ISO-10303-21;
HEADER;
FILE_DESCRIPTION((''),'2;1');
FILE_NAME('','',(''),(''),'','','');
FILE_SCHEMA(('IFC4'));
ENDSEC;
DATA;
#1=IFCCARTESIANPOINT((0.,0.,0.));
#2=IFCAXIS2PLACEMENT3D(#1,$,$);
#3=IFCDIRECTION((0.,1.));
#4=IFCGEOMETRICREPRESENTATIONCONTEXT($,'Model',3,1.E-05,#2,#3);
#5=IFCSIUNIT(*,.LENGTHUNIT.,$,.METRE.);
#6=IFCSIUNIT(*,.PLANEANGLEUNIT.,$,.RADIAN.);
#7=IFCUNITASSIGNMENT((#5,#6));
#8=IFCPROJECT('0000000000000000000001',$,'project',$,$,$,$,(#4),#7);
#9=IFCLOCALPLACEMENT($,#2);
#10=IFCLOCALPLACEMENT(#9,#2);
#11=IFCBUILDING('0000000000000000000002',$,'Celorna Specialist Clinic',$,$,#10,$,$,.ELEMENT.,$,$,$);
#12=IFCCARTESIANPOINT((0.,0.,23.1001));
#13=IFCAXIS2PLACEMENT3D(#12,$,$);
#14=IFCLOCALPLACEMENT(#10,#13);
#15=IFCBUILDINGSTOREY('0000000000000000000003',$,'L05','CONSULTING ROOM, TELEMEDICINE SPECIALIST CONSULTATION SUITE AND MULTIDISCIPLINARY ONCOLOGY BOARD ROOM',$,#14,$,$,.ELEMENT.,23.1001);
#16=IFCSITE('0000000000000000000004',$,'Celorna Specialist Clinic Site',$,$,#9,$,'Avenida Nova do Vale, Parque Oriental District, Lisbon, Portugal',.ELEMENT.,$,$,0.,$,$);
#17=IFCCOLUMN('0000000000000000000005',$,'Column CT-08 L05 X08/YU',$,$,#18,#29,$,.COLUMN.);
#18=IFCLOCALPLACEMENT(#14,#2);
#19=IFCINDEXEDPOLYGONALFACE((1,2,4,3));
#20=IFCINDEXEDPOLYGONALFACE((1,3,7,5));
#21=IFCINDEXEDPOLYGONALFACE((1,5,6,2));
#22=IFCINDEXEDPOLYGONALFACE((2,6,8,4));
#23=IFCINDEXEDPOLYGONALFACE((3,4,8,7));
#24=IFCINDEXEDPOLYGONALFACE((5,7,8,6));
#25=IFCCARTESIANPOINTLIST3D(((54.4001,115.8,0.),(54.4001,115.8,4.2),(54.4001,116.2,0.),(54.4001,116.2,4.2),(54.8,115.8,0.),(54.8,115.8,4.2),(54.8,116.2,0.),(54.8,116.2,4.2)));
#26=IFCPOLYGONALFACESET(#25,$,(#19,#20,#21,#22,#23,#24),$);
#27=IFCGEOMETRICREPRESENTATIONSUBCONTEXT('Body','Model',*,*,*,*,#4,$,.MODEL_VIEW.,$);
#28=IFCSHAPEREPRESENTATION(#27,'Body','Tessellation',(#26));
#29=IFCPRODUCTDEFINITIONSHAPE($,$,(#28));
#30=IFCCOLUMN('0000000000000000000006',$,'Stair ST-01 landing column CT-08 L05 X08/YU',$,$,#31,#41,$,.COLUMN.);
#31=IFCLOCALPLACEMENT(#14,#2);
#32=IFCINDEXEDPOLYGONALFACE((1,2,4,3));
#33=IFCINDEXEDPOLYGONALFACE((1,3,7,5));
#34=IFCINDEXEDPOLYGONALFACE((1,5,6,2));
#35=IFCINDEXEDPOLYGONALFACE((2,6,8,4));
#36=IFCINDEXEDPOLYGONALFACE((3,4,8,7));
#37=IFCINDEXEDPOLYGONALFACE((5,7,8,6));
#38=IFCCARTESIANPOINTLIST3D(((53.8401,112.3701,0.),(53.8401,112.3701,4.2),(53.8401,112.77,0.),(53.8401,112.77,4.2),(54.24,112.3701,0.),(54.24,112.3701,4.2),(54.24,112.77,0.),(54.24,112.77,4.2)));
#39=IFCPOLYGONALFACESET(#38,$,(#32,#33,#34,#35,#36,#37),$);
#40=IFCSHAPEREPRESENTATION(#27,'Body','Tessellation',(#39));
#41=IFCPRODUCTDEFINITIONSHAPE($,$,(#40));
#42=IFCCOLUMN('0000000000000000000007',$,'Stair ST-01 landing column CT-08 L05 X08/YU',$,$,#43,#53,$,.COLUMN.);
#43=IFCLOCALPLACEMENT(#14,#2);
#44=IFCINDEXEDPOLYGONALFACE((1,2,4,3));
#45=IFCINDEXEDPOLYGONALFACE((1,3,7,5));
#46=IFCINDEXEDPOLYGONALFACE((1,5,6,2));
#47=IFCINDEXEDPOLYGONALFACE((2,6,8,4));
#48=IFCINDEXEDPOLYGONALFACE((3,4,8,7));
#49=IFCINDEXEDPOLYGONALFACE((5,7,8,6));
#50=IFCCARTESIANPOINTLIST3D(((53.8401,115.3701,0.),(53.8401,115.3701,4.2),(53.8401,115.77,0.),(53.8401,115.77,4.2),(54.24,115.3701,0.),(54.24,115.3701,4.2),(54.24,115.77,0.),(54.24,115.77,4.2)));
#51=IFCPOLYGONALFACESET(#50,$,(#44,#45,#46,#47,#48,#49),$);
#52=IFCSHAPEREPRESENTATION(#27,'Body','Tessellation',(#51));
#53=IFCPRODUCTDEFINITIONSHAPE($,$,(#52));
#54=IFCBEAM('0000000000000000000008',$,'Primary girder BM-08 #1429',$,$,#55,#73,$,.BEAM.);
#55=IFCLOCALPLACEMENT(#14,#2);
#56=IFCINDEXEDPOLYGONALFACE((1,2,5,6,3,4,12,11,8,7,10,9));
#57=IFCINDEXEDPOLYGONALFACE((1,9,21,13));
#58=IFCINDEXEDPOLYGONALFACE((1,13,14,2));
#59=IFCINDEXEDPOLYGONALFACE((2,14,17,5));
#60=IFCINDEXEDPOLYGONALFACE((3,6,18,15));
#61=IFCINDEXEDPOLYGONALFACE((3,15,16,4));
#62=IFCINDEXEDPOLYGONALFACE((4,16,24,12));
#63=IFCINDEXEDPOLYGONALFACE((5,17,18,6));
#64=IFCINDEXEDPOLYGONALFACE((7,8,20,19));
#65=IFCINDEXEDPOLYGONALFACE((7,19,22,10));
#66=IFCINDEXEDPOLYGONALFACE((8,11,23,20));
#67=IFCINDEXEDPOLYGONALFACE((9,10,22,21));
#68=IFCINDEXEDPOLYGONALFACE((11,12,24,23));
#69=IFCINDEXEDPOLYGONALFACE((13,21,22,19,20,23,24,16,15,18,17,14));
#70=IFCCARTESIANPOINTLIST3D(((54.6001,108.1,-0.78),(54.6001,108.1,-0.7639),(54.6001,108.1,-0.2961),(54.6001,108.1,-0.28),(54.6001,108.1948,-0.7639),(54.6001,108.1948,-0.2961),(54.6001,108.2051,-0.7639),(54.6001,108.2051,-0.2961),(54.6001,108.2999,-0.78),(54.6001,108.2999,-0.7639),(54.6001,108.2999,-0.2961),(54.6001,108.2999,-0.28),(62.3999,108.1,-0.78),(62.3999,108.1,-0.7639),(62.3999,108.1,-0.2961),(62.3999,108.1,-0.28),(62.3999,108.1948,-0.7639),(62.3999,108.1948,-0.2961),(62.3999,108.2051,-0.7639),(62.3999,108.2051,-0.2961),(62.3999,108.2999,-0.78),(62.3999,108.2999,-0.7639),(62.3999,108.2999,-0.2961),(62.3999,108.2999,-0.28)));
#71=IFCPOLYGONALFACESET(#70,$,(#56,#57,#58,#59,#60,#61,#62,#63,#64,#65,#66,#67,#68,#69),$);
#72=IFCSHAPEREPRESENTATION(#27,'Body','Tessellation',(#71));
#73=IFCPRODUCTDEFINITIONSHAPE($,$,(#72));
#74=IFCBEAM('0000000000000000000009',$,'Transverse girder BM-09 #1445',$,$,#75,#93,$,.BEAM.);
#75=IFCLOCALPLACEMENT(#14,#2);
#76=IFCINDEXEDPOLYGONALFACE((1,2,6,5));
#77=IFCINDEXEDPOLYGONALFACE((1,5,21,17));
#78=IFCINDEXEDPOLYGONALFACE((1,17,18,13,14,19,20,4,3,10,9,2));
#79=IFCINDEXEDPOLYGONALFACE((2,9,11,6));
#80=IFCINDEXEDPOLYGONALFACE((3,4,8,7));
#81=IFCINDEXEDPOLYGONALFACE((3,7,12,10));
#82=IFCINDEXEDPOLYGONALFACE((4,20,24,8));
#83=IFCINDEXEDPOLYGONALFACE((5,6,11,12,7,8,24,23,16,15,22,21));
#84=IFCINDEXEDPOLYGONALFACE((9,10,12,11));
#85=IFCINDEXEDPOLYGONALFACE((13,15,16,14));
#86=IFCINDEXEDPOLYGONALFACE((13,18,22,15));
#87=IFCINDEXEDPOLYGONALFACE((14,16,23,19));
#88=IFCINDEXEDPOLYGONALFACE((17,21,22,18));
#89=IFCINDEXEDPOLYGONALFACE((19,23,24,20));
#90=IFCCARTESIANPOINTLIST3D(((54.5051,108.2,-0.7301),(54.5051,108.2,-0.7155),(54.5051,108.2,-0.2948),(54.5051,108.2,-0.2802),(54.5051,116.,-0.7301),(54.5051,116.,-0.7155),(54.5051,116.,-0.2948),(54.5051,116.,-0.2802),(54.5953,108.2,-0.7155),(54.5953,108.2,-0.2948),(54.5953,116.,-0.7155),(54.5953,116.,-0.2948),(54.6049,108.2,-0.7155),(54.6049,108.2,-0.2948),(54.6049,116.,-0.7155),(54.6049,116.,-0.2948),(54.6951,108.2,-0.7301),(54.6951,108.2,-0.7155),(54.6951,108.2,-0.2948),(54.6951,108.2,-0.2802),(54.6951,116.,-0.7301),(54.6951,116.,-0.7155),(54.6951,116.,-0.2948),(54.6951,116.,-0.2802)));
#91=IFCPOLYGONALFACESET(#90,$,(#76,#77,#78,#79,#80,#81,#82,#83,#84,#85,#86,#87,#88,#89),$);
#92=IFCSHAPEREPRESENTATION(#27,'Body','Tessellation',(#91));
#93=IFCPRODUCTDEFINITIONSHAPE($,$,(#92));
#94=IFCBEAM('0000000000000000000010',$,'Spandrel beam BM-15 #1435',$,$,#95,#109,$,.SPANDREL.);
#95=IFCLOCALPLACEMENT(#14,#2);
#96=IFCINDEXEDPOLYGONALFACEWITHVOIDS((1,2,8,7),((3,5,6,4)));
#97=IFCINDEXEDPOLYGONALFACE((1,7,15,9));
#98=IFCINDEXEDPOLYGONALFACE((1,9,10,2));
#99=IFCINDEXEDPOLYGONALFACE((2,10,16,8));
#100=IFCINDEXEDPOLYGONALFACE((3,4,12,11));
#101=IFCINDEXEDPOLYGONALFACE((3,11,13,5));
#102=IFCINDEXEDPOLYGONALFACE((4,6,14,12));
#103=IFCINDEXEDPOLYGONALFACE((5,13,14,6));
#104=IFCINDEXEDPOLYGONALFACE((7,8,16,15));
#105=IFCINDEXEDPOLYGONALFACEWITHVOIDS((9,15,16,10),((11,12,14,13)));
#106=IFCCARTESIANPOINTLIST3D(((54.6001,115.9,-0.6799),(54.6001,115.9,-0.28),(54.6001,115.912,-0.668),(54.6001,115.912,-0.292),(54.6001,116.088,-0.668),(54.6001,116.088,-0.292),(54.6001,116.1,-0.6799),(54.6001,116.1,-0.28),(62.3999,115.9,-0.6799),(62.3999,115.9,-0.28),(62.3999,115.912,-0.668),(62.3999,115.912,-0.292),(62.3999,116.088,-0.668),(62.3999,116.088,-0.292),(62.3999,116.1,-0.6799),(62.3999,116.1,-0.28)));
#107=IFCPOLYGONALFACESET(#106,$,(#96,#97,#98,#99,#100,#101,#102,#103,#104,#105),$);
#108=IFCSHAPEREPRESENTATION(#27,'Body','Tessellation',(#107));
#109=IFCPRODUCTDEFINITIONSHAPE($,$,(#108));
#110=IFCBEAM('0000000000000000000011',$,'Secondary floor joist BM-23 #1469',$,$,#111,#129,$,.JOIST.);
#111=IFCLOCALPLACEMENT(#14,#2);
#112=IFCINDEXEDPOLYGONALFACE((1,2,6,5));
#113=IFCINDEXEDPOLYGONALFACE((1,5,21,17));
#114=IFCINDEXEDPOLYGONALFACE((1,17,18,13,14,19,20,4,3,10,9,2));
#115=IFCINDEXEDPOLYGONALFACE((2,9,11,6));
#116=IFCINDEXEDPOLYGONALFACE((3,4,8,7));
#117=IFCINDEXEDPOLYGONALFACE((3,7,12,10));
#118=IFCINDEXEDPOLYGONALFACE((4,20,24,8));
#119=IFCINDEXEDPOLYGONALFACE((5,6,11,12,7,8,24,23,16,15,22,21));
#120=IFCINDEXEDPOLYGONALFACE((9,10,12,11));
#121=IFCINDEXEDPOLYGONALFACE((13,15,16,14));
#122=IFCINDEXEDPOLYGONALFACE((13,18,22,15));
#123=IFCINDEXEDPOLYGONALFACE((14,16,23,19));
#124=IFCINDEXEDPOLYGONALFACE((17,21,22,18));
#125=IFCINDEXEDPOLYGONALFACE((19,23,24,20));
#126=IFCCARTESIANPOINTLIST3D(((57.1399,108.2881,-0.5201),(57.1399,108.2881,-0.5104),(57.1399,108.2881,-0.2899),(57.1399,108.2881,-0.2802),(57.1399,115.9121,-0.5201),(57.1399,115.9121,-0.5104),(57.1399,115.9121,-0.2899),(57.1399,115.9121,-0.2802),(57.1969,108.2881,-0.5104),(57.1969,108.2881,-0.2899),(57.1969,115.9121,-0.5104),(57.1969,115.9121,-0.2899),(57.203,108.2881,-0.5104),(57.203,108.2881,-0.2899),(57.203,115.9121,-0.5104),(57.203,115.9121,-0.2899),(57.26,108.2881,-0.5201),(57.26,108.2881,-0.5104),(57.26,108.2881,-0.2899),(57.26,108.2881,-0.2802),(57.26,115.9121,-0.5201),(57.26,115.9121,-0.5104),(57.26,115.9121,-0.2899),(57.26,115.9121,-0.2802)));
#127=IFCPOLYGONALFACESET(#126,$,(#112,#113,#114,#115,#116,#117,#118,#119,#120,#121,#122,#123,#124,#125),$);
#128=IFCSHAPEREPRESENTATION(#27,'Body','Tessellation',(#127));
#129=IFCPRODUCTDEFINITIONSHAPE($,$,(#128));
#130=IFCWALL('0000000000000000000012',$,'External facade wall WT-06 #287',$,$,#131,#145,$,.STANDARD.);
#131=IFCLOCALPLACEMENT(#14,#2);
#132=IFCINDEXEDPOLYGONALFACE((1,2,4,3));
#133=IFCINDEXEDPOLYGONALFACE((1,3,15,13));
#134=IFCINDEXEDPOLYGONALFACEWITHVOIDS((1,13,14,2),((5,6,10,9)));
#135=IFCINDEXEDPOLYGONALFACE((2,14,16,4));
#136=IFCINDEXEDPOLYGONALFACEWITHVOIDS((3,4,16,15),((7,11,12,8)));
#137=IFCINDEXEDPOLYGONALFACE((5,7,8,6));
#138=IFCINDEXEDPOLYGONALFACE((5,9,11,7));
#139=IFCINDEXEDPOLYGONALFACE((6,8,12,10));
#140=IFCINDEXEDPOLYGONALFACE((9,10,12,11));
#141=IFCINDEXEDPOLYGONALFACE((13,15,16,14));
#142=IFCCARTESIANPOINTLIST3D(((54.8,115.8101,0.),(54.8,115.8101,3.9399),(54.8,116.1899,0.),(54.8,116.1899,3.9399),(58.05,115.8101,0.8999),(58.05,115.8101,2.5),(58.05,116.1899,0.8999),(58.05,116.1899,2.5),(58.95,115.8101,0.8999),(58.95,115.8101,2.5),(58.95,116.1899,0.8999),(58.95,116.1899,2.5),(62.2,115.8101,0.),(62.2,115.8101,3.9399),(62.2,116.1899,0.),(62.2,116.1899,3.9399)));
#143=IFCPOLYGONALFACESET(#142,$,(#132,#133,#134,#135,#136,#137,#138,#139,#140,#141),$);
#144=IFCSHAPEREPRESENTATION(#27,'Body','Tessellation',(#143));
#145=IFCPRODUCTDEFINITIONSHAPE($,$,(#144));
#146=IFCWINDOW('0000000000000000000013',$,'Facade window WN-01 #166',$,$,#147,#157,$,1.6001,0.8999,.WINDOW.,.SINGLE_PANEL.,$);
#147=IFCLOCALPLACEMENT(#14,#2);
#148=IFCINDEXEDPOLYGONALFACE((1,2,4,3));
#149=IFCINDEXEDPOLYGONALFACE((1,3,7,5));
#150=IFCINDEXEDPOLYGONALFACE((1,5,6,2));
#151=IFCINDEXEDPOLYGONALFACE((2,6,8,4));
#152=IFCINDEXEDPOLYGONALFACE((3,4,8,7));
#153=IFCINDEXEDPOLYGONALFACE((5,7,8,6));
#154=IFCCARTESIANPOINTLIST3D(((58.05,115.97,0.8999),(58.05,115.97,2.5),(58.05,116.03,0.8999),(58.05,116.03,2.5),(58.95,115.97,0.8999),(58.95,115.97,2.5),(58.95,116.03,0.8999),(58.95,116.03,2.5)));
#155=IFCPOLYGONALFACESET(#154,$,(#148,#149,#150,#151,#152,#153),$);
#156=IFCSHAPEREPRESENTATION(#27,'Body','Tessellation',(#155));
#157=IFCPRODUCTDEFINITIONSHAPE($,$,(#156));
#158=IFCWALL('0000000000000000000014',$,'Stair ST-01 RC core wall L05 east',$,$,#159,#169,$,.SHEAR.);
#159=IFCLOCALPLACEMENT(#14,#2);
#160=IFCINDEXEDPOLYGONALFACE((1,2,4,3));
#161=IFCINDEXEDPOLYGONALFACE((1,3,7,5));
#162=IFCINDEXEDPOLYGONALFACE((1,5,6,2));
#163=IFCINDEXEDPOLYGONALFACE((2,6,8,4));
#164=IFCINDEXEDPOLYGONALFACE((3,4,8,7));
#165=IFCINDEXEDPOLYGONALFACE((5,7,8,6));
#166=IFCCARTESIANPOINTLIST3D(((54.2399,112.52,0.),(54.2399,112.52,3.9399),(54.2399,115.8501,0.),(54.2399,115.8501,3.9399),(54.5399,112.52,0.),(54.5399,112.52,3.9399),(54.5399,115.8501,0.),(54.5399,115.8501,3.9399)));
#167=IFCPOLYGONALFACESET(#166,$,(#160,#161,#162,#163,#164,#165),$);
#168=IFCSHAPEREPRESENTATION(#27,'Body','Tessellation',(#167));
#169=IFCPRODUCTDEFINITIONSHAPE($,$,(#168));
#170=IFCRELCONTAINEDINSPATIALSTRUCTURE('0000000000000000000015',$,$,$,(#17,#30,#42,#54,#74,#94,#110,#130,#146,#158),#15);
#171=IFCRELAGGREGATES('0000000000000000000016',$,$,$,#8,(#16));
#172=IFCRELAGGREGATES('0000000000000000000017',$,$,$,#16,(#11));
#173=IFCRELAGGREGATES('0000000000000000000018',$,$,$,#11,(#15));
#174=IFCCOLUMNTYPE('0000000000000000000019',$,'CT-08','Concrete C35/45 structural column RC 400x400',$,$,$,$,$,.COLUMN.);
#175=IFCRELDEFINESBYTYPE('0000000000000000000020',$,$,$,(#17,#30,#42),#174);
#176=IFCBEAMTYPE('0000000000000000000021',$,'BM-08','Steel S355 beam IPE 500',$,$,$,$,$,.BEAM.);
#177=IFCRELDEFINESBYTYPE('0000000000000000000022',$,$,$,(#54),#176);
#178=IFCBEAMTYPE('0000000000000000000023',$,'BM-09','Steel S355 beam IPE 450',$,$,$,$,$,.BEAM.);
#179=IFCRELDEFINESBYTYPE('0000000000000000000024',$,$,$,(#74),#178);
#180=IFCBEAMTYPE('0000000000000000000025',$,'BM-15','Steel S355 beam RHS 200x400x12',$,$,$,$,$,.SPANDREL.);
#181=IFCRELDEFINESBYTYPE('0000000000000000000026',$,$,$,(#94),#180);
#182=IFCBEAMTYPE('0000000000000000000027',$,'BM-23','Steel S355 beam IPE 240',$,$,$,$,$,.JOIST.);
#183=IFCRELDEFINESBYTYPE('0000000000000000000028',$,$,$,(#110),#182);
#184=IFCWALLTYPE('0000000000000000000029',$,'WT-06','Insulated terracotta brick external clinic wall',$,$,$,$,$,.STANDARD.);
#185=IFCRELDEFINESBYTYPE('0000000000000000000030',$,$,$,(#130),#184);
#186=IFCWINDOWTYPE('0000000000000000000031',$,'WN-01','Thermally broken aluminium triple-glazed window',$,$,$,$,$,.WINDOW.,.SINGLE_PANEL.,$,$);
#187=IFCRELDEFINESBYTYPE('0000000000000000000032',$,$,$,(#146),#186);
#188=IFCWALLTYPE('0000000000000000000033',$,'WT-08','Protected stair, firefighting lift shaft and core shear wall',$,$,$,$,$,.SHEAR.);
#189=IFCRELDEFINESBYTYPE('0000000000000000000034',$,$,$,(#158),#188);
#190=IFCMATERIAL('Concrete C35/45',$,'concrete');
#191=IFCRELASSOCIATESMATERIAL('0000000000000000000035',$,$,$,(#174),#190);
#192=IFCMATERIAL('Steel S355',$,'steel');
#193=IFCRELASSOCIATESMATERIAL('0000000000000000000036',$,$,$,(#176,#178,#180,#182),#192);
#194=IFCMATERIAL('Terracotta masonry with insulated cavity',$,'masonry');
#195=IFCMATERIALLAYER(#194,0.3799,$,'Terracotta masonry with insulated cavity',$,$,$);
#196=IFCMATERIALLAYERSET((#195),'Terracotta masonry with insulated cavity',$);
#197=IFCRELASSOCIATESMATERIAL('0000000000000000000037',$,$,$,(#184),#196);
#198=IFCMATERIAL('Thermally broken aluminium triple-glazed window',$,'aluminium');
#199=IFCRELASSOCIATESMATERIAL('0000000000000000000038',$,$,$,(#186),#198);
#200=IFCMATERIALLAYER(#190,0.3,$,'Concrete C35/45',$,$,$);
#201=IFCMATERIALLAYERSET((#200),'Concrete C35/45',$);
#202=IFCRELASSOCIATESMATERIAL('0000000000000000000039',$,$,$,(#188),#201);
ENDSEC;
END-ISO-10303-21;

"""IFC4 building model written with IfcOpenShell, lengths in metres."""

from ifc_helpers import new_model, si_unit, direction, frame, frame_2d, origin, origin_2d, place, context, subcontext, project, spatial, rectangle, hollow_rectangle, i_section, extrude, material, layer, layer_set, material_profile, profile_set, type_object, element, fill, save


model = new_model("IFC4")

# Units and contexts
model_context = context("Model", 3, precision=1e-05, world=origin(), true_north=direction((0.0, 1.0)))
body_context = subcontext(model_context, "Body", "Model", "MODEL_VIEW")
ifc_project = project(units=[si_unit("LENGTHUNIT", "METRE"), si_unit("PLANEANGLEUNIT", "RADIAN")], contexts=[model_context])

# Site, building, storey
site_placement = place(None, origin())
site = spatial("IfcSite", under=ifc_project, at=site_placement, Name="Celorna Specialist Clinic Site", LongName="Avenida Nova do Vale, Parque Oriental District, Lisbon, Portugal", CompositionType="ELEMENT", RefElevation=0.0)
building_placement = place(site_placement, origin())
building = spatial("IfcBuilding", under=site, at=building_placement, Name="Celorna Specialist Clinic", CompositionType="ELEMENT")
storey_placement = place(building_placement, frame((0.0, 0.0, 23.1001)))
storey = spatial("IfcBuildingStorey", under=building, at=storey_placement, Name="L05", Description="CONSULTING ROOM, TELEMEDICINE SPECIALIST CONSULTATION SUITE AND MULTIDISCIPLINARY ONCOLOGY BOARD ROOM", CompositionType="ELEMENT", Elevation=23.1001)

# Columns
ifc_material_1 = material(Name="Concrete C35/45", Category="concrete")
ifc_material_profile_1 = material_profile(ifc_material_1, rectangle(XDim=0.3999, YDim=0.3999, at=origin_2d()), Name="RC 400x400")
ifc_profile_set_1 = profile_set([ifc_material_profile_1], Name="Concrete C35/45")
column_type = type_object("IfcColumnType", Name="CT-08", Description="Concrete C35/45 structural column RC 400x400", PredefinedType="COLUMN", material=ifc_profile_set_1)
for number, where, z_axis, x_axis, name in (
    (1, (54.6001, 116.0, 0.0), (0.0, 0.0, 1.0), (1.0, 0.0, 0.0), "Column CT-08 L05 X08/YU"),
    (2, (54.04, 112.5701, 0.0), (0.0, 0.0, 1.0), (1.0, 0.0, 0.0), "Stair ST-01 landing column CT-08 L05 X08/YU"),
    (3, (54.04, 115.5701, 0.0), (0.0, 0.0, 1.0), (1.0, 0.0, 0.0), "Stair ST-01 landing column CT-08 L05 X08/YU"),
):
    element("IfcColumn", number, at=place(storey_placement, frame(where, z_axis=z_axis, x_axis=x_axis)), inside=storey, type_object=column_type, Name=name, PredefinedType="COLUMN", context=body_context, shape_type="SweptSolid", body=[
        extrude(rectangle(XDim=0.3999, YDim=0.3999, at=origin_2d()), origin(), (0.0, 0.0, 1.0), 4.2),
    ])

# Beams
ifc_material_2 = material(Name="Steel S355", Category="steel")
ifc_material_profile_2 = material_profile(ifc_material_2, i_section(OverallWidth=0.2, OverallDepth=0.5, WebThickness=0.0103, FlangeThickness=0.0161, at=origin_2d()), Name="IPE 500")
ifc_profile_set_2 = profile_set([ifc_material_profile_2], Name="Steel S355")
beam_type_1 = type_object("IfcBeamType", Name="BM-08", Description="Steel S355 beam IPE 500", PredefinedType="BEAM", material=ifc_profile_set_2)
beam_1_placement = place(storey_placement, frame((54.6001, 108.2, -0.53), z_axis=(1.0, 0.0, 0.0), x_axis=(0.0, 1.0, 0.0)))
element("IfcBeam", 4, at=beam_1_placement, inside=storey, type_object=beam_type_1, Name="Primary girder BM-08 #1429", PredefinedType="BEAM", context=body_context, shape_type="SweptSolid", body=[
    extrude(i_section(OverallWidth=0.2, OverallDepth=0.5, WebThickness=0.0103, FlangeThickness=0.0161, at=origin_2d()), origin(), (0.0, 0.0, 1.0), 7.7998),
])
ifc_material_profile_3 = material_profile(ifc_material_2, i_section(OverallWidth=0.1899, OverallDepth=0.45, WebThickness=0.0095, FlangeThickness=0.0146, at=origin_2d()), Name="IPE 450")
ifc_profile_set_3 = profile_set([ifc_material_profile_3], Name="Steel S355")
beam_type_2 = type_object("IfcBeamType", Name="BM-09", Description="Steel S355 beam IPE 450", PredefinedType="BEAM", material=ifc_profile_set_3)
beam_2_placement = place(storey_placement, frame((54.6001, 108.2, -0.5051), z_axis=(0.0, 1.0, 0.0), x_axis=(-1.0, 0.0, 0.0)))
element("IfcBeam", 5, at=beam_2_placement, inside=storey, type_object=beam_type_2, Name="Transverse girder BM-09 #1445", PredefinedType="BEAM", context=body_context, shape_type="SweptSolid", body=[
    extrude(i_section(OverallWidth=0.1899, OverallDepth=0.45, WebThickness=0.0095, FlangeThickness=0.0146, at=origin_2d()), origin(), (0.0, 0.0, 1.0), 7.8),
])
ifc_material_profile_4 = material_profile(ifc_material_2, hollow_rectangle(XDim=0.2, YDim=0.3999, WallThickness=0.012, at=origin_2d()), Name="RHS 200x400x12")
ifc_profile_set_4 = profile_set([ifc_material_profile_4], Name="Steel S355")
beam_type_3 = type_object("IfcBeamType", Name="BM-15", Description="Steel S355 beam RHS 200x400x12", PredefinedType="SPANDREL", material=ifc_profile_set_4)
beam_3_placement = place(storey_placement, frame((54.6001, 116.0, -0.48), z_axis=(1.0, 0.0, 0.0), x_axis=(0.0, 1.0, 0.0)))
element("IfcBeam", 6, at=beam_3_placement, inside=storey, type_object=beam_type_3, Name="Spandrel beam BM-15 #1435", PredefinedType="SPANDREL", context=body_context, shape_type="SweptSolid", body=[
    extrude(hollow_rectangle(XDim=0.2, YDim=0.3999, WallThickness=0.012, at=origin_2d()), origin(), (0.0, 0.0, 1.0), 7.7998),
])
ifc_material_profile_5 = material_profile(ifc_material_2, i_section(OverallWidth=0.1201, OverallDepth=0.24, WebThickness=0.0061, FlangeThickness=0.0098, at=origin_2d()), Name="IPE 240")
ifc_profile_set_5 = profile_set([ifc_material_profile_5], Name="Steel S355")
beam_type_4 = type_object("IfcBeamType", Name="BM-23", Description="Steel S355 beam IPE 240", PredefinedType="JOIST", material=ifc_profile_set_5)
beam_4_placement = place(storey_placement, frame((57.2, 108.2881, -0.4001), z_axis=(0.0, 1.0, 0.0), x_axis=(-1.0, 0.0, 0.0)))
element("IfcBeam", 7, at=beam_4_placement, inside=storey, type_object=beam_type_4, Name="Secondary floor joist BM-23 #1469", PredefinedType="JOIST", context=body_context, shape_type="SweptSolid", body=[
    extrude(i_section(OverallWidth=0.1201, OverallDepth=0.24, WebThickness=0.0061, FlangeThickness=0.0098, at=origin_2d()), origin(), (0.0, 0.0, 1.0), 7.624),
])

# Wall, opening, window
ifc_material_3 = material(Name="Terracotta masonry with insulated cavity", Category="masonry")
ifc_layer_1 = layer(ifc_material_3, 0.3799, Name="Terracotta masonry with insulated cavity")
ifc_layer_set_1 = layer_set([ifc_layer_1], Name="Terracotta masonry with insulated cavity")
wall_type_1 = type_object("IfcWallType", Name="WT-06", Description="Insulated terracotta brick external clinic wall", PredefinedType="STANDARD", material=ifc_layer_set_1)
wall_1_placement = place(storey_placement, frame((54.8, 116.0, 0.0), z_axis=(0.0, 0.0, 1.0), x_axis=(1.0, 0.0, 0.0)))
wall_1 = element("IfcWall", 8, at=wall_1_placement, inside=storey, type_object=wall_type_1, Name="External facade wall WT-06 #287", PredefinedType="STANDARD", context=body_context, shape_type="SweptSolid", body=[
    extrude(rectangle(XDim=7.3999, YDim=0.3799, at=frame_2d((3.7, 0.0))), origin(), (0.0, 0.0, 1.0), 3.9399),
])
opening_1_placement = place(wall_1_placement, frame((3.25, 0.0, 0.8999)))
opening_1 = element("IfcOpeningElement", 9, at=opening_1_placement, cuts=wall_1, PredefinedType="OPENING", context=body_context, shape_type="SweptSolid", body=[
    extrude(rectangle(XDim=0.8999, YDim=1.6001, at=frame_2d((0.45, 0.8))), frame((0.0, 0.2, 0.0), z_axis=(0.0, -1.0, 0.0), x_axis=(1.0, 0.0, 0.0)), (0.0, 0.0, 1.0), 0.3999),
])
ifc_material_4 = material(Name="Thermally broken aluminium triple-glazed window", Category="aluminium")
window_type = type_object("IfcWindowType", Name="WN-01", Description="Thermally broken aluminium triple-glazed window", PartitioningType="SINGLE_PANEL", PredefinedType="WINDOW", material=ifc_material_4)
window_placement = place(opening_1_placement, origin())
window = element("IfcWindow", 10, at=window_placement, inside=storey, type_object=window_type, Name="Facade window WN-01 #166", OverallHeight=1.6001, OverallWidth=0.8999, PartitioningType="SINGLE_PANEL", PredefinedType="WINDOW", context=body_context, shape_type="SweptSolid", body=[
    extrude(rectangle(XDim=0.8999, YDim=1.6001, at=frame_2d((0.45, 0.8))), frame((0.0, 0.03, 0.0), z_axis=(0.0, -1.0, 0.0), x_axis=(1.0, 0.0, 0.0)), (0.0, 0.0, 1.0), 0.0601),
])
fill(opening_1, window)

# Wall
ifc_layer_2 = layer(ifc_material_1, 0.3, Name="Concrete C35/45")
ifc_layer_set_2 = layer_set([ifc_layer_2], Name="Concrete C35/45")
wall_type_2 = type_object("IfcWallType", Name="WT-08", Description="Protected stair, firefighting lift shaft and core shear wall", PredefinedType="SHEAR", material=ifc_layer_set_2)
wall_2_placement = place(storey_placement, frame((54.3899, 112.52, 0.0), z_axis=(0.0, 0.0, 1.0), x_axis=(0.0, 1.0, 0.0)))
element("IfcWall", 11, at=wall_2_placement, inside=storey, type_object=wall_type_2, Name="Stair ST-01 RC core wall L05 east", PredefinedType="SHEAR", context=body_context, shape_type="SweptSolid", body=[
    extrude(rectangle(XDim=3.3301, YDim=0.3, at=frame_2d((1.665, 0.0))), origin(), (0.0, 0.0, 1.0), 3.9399),
])

save(model, "model.ifc")
